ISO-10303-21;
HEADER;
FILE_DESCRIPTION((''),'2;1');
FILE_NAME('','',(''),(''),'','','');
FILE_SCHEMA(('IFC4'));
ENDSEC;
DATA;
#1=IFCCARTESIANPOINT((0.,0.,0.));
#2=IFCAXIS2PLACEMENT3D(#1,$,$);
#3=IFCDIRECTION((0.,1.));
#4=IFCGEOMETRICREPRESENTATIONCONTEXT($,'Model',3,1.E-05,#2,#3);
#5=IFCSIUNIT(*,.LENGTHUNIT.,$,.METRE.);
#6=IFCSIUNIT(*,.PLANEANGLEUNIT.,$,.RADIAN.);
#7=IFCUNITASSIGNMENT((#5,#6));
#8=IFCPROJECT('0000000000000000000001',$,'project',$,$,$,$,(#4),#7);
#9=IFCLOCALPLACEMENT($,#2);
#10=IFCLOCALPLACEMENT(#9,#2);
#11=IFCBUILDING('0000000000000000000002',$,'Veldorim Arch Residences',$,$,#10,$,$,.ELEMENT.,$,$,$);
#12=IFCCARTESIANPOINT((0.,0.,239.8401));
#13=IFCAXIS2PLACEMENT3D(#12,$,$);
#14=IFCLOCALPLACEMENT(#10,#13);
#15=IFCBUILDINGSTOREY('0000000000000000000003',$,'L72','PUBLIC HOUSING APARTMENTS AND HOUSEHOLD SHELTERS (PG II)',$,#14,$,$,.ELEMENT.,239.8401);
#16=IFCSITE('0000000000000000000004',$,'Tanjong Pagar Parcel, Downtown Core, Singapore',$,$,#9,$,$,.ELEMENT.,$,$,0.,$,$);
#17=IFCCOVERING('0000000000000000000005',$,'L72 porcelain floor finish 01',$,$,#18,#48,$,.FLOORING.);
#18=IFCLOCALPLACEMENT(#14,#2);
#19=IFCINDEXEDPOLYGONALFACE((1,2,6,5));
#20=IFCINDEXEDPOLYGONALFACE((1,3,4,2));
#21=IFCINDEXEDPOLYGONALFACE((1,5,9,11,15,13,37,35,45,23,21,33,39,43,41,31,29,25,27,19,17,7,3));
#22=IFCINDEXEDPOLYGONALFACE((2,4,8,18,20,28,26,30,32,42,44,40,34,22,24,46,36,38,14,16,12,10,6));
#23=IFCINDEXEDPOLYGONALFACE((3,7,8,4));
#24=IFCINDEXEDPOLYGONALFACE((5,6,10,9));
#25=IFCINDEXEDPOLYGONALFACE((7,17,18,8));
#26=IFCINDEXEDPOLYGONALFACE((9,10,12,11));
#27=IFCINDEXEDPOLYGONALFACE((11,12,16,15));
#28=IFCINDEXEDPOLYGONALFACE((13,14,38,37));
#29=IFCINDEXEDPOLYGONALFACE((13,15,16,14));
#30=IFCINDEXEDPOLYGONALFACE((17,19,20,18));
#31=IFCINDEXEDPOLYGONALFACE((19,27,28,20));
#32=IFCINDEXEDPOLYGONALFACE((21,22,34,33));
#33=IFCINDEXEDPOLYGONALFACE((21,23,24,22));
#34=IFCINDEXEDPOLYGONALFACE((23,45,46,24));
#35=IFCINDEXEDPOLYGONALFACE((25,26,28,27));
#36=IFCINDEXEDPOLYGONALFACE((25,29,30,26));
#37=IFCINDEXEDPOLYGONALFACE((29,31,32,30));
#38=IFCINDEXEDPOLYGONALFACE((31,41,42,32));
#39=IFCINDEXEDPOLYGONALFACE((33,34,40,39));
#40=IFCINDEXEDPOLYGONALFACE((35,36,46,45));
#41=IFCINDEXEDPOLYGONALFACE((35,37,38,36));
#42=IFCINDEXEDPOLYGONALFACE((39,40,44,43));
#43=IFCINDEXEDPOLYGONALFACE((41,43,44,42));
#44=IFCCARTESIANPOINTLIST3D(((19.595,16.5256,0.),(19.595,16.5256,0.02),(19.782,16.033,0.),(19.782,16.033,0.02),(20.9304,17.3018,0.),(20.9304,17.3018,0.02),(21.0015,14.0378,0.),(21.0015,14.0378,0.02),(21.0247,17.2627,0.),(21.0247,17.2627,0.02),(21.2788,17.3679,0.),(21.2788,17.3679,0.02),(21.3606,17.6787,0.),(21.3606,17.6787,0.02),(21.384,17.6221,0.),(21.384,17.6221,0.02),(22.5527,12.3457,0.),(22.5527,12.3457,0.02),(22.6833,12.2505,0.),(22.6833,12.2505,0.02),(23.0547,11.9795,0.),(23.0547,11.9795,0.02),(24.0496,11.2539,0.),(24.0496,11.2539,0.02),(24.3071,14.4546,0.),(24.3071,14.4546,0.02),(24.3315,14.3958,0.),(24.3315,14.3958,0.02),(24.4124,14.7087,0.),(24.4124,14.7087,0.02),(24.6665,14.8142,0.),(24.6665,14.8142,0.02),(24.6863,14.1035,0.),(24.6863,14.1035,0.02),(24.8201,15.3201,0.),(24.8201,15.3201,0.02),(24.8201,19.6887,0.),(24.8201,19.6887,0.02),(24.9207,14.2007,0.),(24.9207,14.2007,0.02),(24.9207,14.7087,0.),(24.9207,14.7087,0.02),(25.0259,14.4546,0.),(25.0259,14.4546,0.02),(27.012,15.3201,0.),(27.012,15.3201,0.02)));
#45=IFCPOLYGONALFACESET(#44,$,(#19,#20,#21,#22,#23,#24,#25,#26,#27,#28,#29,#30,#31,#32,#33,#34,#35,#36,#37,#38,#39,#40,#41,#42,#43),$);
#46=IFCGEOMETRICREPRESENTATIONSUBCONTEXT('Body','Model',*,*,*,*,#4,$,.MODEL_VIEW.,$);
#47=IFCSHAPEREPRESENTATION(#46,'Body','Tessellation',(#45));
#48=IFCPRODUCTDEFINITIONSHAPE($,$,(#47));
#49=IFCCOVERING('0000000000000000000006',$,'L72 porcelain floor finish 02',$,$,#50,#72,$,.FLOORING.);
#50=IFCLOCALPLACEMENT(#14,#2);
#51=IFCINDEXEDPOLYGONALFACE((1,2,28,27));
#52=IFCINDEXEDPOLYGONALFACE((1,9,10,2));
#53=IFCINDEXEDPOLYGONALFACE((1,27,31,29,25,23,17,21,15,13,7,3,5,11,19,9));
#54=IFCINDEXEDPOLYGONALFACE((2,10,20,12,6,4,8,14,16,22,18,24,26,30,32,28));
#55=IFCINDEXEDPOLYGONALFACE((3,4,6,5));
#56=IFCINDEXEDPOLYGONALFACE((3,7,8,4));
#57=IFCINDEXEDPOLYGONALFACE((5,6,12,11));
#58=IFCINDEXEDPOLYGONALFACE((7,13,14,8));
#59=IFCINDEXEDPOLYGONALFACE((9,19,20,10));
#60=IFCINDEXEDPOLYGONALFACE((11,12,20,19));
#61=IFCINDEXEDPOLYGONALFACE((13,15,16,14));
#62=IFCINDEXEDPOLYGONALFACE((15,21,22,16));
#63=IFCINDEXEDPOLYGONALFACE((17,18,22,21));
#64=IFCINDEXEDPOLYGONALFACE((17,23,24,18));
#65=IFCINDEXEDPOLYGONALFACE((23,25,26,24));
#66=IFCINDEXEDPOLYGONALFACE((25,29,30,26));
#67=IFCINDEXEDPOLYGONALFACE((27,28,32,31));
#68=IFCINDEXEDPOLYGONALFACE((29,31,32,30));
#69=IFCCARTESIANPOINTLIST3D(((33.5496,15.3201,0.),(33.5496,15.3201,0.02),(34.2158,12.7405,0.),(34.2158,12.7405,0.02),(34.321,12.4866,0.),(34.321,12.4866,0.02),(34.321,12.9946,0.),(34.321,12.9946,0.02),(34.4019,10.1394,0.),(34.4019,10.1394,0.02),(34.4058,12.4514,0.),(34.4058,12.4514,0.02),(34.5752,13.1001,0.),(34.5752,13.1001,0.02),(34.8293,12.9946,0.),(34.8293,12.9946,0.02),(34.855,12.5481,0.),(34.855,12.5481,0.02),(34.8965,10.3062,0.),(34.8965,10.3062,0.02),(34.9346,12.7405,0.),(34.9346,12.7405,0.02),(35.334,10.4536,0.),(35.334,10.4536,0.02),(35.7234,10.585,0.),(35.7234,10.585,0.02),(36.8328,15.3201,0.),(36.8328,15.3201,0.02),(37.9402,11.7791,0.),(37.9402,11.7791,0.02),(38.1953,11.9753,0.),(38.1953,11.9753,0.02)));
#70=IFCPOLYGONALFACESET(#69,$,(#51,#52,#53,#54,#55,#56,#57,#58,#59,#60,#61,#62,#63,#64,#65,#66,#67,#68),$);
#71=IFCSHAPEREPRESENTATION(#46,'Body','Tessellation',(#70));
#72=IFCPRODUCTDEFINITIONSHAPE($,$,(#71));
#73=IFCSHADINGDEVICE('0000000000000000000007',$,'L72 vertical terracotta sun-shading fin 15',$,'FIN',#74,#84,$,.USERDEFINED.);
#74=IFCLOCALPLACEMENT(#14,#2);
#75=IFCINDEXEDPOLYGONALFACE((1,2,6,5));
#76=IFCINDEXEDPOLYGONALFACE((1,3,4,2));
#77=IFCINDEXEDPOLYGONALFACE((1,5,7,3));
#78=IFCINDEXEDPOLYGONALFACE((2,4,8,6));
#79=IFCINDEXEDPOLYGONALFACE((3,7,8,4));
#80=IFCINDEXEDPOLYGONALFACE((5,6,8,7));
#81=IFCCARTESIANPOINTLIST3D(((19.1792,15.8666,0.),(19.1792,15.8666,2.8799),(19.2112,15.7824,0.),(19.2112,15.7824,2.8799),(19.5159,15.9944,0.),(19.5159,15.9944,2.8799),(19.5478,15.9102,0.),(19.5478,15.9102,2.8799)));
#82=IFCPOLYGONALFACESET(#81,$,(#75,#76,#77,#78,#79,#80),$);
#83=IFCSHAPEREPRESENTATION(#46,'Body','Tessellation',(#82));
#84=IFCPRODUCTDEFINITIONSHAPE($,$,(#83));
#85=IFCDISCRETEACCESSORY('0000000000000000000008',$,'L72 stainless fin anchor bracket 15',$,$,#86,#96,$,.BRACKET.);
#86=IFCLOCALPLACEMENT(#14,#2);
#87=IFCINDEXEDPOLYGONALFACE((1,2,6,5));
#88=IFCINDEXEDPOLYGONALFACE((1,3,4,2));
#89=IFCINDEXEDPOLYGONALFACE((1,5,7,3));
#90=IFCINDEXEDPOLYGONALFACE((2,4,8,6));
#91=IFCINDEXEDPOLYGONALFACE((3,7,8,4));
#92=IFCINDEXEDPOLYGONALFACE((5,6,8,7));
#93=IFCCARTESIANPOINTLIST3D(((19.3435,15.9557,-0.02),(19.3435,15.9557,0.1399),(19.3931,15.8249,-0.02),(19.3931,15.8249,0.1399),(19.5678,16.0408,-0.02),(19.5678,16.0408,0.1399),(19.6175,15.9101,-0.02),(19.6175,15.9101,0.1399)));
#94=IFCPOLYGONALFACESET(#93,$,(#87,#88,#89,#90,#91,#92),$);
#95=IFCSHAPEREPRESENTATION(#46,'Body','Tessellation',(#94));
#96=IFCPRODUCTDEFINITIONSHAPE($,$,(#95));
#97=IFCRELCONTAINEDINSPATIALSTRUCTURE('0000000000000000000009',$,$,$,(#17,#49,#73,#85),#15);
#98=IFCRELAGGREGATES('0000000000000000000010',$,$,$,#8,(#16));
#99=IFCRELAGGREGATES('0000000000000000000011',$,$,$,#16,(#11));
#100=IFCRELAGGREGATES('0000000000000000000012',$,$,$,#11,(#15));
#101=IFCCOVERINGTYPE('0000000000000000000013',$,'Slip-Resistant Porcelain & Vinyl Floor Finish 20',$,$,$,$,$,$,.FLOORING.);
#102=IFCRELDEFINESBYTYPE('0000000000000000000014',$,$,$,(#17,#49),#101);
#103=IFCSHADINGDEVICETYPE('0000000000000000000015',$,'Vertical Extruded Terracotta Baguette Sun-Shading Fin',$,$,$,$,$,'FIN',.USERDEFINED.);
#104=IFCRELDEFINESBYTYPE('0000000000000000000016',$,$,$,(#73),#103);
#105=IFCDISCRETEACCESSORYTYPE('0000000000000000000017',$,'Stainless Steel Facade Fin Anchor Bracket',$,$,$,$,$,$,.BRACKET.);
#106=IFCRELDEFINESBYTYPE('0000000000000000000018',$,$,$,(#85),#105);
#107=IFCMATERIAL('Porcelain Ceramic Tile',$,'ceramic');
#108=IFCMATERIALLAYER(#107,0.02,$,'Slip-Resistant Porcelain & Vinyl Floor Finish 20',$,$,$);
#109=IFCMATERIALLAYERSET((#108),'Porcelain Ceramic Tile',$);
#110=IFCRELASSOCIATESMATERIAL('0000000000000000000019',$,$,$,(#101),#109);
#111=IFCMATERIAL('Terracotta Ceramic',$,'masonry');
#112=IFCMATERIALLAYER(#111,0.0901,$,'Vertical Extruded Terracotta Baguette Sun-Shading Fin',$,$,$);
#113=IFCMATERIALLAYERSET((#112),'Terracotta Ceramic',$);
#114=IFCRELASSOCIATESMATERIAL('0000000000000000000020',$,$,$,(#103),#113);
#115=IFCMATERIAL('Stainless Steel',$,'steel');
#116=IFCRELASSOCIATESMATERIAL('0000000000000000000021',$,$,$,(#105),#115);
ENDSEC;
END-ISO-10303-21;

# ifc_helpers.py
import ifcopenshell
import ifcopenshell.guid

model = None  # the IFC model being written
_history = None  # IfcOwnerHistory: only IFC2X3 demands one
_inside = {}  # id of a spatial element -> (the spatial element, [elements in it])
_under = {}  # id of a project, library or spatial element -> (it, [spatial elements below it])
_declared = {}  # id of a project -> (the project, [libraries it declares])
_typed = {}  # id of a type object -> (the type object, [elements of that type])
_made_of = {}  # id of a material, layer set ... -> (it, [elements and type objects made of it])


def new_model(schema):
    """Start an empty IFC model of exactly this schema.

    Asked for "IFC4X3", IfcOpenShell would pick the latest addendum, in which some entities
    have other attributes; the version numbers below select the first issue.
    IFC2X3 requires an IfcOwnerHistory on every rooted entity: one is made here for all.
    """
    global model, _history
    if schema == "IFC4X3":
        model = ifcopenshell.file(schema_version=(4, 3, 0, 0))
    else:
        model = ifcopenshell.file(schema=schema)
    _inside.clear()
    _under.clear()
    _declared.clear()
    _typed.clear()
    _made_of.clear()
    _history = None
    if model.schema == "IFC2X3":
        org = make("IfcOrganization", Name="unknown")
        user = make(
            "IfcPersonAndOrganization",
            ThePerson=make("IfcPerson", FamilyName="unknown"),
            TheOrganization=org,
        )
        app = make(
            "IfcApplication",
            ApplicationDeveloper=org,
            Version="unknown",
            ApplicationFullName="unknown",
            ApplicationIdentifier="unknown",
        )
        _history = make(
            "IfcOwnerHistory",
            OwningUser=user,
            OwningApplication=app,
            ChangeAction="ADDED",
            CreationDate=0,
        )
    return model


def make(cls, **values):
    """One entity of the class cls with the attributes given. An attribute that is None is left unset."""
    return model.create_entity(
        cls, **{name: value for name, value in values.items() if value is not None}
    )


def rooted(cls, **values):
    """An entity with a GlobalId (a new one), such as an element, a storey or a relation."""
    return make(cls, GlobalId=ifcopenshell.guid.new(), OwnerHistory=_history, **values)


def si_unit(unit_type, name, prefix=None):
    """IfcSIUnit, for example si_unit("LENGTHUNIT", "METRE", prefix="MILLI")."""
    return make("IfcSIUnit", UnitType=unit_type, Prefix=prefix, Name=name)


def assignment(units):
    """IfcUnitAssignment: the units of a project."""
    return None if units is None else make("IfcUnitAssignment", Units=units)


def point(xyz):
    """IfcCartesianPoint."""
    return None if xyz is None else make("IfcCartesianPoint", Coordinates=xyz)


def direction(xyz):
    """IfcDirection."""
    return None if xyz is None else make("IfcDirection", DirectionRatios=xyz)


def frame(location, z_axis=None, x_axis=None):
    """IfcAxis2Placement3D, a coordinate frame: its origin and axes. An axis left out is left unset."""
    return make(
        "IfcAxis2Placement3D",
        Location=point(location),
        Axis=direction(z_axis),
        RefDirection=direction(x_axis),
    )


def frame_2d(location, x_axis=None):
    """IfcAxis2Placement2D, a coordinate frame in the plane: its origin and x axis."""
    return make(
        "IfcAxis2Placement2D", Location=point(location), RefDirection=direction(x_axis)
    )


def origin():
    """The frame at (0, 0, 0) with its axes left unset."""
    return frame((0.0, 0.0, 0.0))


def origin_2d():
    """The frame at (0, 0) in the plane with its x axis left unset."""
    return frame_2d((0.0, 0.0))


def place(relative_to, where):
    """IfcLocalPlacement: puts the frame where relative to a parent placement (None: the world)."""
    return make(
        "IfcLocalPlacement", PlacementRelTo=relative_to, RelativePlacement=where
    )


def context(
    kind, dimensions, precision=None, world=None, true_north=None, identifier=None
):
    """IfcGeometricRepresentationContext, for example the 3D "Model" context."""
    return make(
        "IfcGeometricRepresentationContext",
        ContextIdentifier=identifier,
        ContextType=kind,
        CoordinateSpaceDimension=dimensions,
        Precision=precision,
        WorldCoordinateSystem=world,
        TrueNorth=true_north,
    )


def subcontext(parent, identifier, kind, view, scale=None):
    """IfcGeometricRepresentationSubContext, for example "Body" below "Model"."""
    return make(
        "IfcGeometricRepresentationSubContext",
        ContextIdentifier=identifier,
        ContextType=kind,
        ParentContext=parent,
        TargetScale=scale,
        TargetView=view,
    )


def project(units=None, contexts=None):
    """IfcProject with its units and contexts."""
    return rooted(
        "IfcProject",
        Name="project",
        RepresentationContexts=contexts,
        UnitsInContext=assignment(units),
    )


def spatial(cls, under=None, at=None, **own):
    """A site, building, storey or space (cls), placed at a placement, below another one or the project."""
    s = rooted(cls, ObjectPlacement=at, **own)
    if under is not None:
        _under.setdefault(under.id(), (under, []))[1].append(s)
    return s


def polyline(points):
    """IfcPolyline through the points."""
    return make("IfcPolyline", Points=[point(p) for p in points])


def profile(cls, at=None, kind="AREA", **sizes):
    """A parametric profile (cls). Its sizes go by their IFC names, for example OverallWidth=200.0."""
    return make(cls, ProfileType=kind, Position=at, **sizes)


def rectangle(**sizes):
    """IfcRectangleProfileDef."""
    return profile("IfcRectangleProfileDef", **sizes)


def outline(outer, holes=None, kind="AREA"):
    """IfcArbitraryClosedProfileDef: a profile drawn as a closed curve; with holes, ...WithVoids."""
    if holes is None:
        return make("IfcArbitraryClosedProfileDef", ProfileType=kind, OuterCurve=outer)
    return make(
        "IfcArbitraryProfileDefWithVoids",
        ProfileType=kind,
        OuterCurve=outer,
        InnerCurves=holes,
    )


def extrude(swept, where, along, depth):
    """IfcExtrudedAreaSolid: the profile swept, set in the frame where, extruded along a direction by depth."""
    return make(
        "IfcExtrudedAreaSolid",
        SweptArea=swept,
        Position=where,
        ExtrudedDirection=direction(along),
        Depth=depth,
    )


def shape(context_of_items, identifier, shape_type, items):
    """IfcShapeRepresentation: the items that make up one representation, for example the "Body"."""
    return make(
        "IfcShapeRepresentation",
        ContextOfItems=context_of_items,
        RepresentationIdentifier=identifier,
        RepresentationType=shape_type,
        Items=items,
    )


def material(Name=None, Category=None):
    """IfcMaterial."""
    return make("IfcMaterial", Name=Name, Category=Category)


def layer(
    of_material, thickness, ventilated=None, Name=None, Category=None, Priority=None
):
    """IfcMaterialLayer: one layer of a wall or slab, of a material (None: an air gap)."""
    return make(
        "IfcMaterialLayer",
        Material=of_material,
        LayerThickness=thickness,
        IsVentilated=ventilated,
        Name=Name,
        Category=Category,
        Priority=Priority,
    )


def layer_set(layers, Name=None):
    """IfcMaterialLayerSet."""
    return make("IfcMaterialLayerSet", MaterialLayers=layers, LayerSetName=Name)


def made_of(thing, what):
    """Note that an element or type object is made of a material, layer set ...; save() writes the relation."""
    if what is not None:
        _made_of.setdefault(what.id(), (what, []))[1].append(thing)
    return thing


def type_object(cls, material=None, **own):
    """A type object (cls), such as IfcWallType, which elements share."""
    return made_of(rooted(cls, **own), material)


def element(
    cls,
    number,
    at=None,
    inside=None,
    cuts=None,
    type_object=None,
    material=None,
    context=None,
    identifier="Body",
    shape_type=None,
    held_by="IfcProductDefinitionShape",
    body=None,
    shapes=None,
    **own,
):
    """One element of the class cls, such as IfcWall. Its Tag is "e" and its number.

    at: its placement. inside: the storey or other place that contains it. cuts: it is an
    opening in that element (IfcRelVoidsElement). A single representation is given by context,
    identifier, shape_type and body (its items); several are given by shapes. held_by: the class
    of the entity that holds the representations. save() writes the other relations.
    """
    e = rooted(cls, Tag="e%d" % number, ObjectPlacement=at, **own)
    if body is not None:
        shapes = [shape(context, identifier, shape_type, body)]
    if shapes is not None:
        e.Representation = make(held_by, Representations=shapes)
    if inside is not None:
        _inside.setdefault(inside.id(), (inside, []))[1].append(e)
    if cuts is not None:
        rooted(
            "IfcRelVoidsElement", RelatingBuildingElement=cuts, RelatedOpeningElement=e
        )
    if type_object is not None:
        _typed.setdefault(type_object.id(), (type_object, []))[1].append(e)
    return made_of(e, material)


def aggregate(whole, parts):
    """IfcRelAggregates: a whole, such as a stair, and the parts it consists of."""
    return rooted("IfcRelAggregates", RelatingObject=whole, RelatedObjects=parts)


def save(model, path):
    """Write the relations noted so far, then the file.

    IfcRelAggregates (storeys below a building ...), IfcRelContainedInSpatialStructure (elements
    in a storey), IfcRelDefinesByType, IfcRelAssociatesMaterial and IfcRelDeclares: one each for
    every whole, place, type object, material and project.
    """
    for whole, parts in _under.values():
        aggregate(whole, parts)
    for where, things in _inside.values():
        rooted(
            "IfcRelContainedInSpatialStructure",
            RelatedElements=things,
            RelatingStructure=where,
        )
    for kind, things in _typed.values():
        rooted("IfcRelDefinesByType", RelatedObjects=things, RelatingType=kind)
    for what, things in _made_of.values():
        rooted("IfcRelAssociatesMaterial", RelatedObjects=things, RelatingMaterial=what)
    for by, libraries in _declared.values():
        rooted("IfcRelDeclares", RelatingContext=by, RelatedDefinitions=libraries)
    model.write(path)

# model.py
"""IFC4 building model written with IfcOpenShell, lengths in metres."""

from ifc_helpers import new_model, si_unit, direction, frame, origin, origin_2d, place, context, subcontext, project, spatial, polyline, rectangle, outline, extrude, material, layer, layer_set, type_object, element, save


model = new_model("IFC4")

# Units and contexts
model_context = context("Model", 3, precision=1e-05, world=origin(), true_north=direction((0.0, 1.0)))
body_context = subcontext(model_context, "Body", "Model", "MODEL_VIEW")
ifc_project = project(units=[si_unit("LENGTHUNIT", "METRE"), si_unit("PLANEANGLEUNIT", "RADIAN")], contexts=[model_context])

# Site, building, storey
site_placement = place(None, origin())
site = spatial("IfcSite", under=ifc_project, at=site_placement, Name="Tanjong Pagar Parcel, Downtown Core, Singapore", CompositionType="ELEMENT", RefElevation=0.0)
building_placement = place(site_placement, origin())
building = spatial("IfcBuilding", under=site, at=building_placement, Name="Veldorim Arch Residences", CompositionType="ELEMENT")
storey_placement = place(building_placement, frame((0.0, 0.0, 239.8401)))
storey = spatial("IfcBuildingStorey", under=building, at=storey_placement, Name="L72", Description="PUBLIC HOUSING APARTMENTS AND HOUSEHOLD SHELTERS (PG II)", CompositionType="ELEMENT", Elevation=239.8401)

# Coverings
ifc_material_1 = material(Name="Porcelain Ceramic Tile", Category="ceramic")
ifc_layer_1 = layer(ifc_material_1, 0.02, Name="Slip-Resistant Porcelain & Vinyl Floor Finish 20")
ifc_layer_set_1 = layer_set([ifc_layer_1], Name="Porcelain Ceramic Tile")
covering_type_1 = type_object("IfcCoveringType", Name="Slip-Resistant Porcelain & Vinyl Floor Finish 20", PredefinedType="FLOORING", material=ifc_layer_set_1)
covering_1_placement = place(storey_placement, origin())
element("IfcCovering", 1, at=covering_1_placement, inside=storey, type_object=covering_type_1, Name="L72 porcelain floor finish 01", PredefinedType="FLOORING", context=body_context, shape_type="SweptSolid", body=[
    extrude(outline(polyline([(24.9207, 14.2007), (25.0259, 14.4546), (24.9207, 14.7087), (24.6665, 14.8142), (24.4124, 14.7087), (24.3071, 14.4546), (24.3315, 14.3958), (22.6833, 12.2505), (22.5527, 12.3457), (21.0015, 14.0378), (19.782, 16.033), (19.595, 16.5256), (20.9304, 17.3018), (21.0247, 17.2627), (21.2788, 17.3679), (21.384, 17.6221), (21.3606, 17.6787), (24.8201, 19.6887), (24.8201, 15.3201), (27.012, 15.3201), (24.0496, 11.2539), (23.0547, 11.9795), (24.6863, 14.1035), (24.9207, 14.2007)])), origin(), (0.0, 0.0, 1.0), 0.02),
])
covering_2_placement = place(storey_placement, origin())
element("IfcCovering", 2, at=covering_2_placement, inside=storey, type_object=covering_type_1, Name="L72 porcelain floor finish 02", PredefinedType="FLOORING", context=body_context, shape_type="SweptSolid", body=[
    extrude(outline(polyline([(34.9346, 12.7405), (34.8293, 12.9946), (34.5752, 13.1001), (34.321, 12.9946), (34.2158, 12.7405), (34.321, 12.4866), (34.4058, 12.4514), (34.8965, 10.3062), (34.4019, 10.1394), (33.5496, 15.3201), (36.8328, 15.3201), (38.1953, 11.9753), (37.9402, 11.7791), (35.7234, 10.585), (35.334, 10.4536), (34.855, 12.5481), (34.9346, 12.7405)])), origin(), (0.0, 0.0, 1.0), 0.02),
])

# Shading device
ifc_material_2 = material(Name="Terracotta Ceramic", Category="masonry")
ifc_layer_2 = layer(ifc_material_2, 0.0901, Name="Vertical Extruded Terracotta Baguette Sun-Shading Fin")
ifc_layer_set_2 = layer_set([ifc_layer_2], Name="Terracotta Ceramic")
shading_device_type = type_object("IfcShadingDeviceType", Name="Vertical Extruded Terracotta Baguette Sun-Shading Fin", ElementType="FIN", PredefinedType="USERDEFINED", material=ifc_layer_set_2)
shading_device_placement = place(storey_placement, frame((19.3635, 15.8884, 0.0), z_axis=(0.0, 0.0, 1.0), x_axis=(-0.354944, 0.934888, 0.0)))
element("IfcShadingDevice", 3, at=shading_device_placement, inside=storey, type_object=shading_device_type, Name="L72 vertical terracotta sun-shading fin 15", ObjectType="FIN", PredefinedType="USERDEFINED", context=body_context, shape_type="SweptSolid", body=[
    extrude(rectangle(XDim=0.0901, YDim=0.3601, at=origin_2d()), origin(), (0.0, 0.0, 1.0), 2.8799),
])

# Discrete accessory
ifc_material_3 = material(Name="Stainless Steel", Category="steel")
discrete_accessory_type = type_object("IfcDiscreteAccessoryType", Name="Stainless Steel Facade Fin Anchor Bracket", PredefinedType="BRACKET", material=ifc_material_3)
discrete_accessory_placement = place(storey_placement, frame((19.4805, 15.9329, -0.02), z_axis=(0.0, 0.0, 1.0), x_axis=(-0.354944, 0.934888, 0.0)))
element("IfcDiscreteAccessory", 4, at=discrete_accessory_placement, inside=storey, type_object=discrete_accessory_type, Name="L72 stainless fin anchor bracket 15", PredefinedType="BRACKET", context=body_context, shape_type="SweptSolid", body=[
    extrude(rectangle(XDim=0.1399, YDim=0.24, at=origin_2d()), origin(), (0.0, 0.0, 1.0), 0.1599),
])

save(model, "model.ifc")
